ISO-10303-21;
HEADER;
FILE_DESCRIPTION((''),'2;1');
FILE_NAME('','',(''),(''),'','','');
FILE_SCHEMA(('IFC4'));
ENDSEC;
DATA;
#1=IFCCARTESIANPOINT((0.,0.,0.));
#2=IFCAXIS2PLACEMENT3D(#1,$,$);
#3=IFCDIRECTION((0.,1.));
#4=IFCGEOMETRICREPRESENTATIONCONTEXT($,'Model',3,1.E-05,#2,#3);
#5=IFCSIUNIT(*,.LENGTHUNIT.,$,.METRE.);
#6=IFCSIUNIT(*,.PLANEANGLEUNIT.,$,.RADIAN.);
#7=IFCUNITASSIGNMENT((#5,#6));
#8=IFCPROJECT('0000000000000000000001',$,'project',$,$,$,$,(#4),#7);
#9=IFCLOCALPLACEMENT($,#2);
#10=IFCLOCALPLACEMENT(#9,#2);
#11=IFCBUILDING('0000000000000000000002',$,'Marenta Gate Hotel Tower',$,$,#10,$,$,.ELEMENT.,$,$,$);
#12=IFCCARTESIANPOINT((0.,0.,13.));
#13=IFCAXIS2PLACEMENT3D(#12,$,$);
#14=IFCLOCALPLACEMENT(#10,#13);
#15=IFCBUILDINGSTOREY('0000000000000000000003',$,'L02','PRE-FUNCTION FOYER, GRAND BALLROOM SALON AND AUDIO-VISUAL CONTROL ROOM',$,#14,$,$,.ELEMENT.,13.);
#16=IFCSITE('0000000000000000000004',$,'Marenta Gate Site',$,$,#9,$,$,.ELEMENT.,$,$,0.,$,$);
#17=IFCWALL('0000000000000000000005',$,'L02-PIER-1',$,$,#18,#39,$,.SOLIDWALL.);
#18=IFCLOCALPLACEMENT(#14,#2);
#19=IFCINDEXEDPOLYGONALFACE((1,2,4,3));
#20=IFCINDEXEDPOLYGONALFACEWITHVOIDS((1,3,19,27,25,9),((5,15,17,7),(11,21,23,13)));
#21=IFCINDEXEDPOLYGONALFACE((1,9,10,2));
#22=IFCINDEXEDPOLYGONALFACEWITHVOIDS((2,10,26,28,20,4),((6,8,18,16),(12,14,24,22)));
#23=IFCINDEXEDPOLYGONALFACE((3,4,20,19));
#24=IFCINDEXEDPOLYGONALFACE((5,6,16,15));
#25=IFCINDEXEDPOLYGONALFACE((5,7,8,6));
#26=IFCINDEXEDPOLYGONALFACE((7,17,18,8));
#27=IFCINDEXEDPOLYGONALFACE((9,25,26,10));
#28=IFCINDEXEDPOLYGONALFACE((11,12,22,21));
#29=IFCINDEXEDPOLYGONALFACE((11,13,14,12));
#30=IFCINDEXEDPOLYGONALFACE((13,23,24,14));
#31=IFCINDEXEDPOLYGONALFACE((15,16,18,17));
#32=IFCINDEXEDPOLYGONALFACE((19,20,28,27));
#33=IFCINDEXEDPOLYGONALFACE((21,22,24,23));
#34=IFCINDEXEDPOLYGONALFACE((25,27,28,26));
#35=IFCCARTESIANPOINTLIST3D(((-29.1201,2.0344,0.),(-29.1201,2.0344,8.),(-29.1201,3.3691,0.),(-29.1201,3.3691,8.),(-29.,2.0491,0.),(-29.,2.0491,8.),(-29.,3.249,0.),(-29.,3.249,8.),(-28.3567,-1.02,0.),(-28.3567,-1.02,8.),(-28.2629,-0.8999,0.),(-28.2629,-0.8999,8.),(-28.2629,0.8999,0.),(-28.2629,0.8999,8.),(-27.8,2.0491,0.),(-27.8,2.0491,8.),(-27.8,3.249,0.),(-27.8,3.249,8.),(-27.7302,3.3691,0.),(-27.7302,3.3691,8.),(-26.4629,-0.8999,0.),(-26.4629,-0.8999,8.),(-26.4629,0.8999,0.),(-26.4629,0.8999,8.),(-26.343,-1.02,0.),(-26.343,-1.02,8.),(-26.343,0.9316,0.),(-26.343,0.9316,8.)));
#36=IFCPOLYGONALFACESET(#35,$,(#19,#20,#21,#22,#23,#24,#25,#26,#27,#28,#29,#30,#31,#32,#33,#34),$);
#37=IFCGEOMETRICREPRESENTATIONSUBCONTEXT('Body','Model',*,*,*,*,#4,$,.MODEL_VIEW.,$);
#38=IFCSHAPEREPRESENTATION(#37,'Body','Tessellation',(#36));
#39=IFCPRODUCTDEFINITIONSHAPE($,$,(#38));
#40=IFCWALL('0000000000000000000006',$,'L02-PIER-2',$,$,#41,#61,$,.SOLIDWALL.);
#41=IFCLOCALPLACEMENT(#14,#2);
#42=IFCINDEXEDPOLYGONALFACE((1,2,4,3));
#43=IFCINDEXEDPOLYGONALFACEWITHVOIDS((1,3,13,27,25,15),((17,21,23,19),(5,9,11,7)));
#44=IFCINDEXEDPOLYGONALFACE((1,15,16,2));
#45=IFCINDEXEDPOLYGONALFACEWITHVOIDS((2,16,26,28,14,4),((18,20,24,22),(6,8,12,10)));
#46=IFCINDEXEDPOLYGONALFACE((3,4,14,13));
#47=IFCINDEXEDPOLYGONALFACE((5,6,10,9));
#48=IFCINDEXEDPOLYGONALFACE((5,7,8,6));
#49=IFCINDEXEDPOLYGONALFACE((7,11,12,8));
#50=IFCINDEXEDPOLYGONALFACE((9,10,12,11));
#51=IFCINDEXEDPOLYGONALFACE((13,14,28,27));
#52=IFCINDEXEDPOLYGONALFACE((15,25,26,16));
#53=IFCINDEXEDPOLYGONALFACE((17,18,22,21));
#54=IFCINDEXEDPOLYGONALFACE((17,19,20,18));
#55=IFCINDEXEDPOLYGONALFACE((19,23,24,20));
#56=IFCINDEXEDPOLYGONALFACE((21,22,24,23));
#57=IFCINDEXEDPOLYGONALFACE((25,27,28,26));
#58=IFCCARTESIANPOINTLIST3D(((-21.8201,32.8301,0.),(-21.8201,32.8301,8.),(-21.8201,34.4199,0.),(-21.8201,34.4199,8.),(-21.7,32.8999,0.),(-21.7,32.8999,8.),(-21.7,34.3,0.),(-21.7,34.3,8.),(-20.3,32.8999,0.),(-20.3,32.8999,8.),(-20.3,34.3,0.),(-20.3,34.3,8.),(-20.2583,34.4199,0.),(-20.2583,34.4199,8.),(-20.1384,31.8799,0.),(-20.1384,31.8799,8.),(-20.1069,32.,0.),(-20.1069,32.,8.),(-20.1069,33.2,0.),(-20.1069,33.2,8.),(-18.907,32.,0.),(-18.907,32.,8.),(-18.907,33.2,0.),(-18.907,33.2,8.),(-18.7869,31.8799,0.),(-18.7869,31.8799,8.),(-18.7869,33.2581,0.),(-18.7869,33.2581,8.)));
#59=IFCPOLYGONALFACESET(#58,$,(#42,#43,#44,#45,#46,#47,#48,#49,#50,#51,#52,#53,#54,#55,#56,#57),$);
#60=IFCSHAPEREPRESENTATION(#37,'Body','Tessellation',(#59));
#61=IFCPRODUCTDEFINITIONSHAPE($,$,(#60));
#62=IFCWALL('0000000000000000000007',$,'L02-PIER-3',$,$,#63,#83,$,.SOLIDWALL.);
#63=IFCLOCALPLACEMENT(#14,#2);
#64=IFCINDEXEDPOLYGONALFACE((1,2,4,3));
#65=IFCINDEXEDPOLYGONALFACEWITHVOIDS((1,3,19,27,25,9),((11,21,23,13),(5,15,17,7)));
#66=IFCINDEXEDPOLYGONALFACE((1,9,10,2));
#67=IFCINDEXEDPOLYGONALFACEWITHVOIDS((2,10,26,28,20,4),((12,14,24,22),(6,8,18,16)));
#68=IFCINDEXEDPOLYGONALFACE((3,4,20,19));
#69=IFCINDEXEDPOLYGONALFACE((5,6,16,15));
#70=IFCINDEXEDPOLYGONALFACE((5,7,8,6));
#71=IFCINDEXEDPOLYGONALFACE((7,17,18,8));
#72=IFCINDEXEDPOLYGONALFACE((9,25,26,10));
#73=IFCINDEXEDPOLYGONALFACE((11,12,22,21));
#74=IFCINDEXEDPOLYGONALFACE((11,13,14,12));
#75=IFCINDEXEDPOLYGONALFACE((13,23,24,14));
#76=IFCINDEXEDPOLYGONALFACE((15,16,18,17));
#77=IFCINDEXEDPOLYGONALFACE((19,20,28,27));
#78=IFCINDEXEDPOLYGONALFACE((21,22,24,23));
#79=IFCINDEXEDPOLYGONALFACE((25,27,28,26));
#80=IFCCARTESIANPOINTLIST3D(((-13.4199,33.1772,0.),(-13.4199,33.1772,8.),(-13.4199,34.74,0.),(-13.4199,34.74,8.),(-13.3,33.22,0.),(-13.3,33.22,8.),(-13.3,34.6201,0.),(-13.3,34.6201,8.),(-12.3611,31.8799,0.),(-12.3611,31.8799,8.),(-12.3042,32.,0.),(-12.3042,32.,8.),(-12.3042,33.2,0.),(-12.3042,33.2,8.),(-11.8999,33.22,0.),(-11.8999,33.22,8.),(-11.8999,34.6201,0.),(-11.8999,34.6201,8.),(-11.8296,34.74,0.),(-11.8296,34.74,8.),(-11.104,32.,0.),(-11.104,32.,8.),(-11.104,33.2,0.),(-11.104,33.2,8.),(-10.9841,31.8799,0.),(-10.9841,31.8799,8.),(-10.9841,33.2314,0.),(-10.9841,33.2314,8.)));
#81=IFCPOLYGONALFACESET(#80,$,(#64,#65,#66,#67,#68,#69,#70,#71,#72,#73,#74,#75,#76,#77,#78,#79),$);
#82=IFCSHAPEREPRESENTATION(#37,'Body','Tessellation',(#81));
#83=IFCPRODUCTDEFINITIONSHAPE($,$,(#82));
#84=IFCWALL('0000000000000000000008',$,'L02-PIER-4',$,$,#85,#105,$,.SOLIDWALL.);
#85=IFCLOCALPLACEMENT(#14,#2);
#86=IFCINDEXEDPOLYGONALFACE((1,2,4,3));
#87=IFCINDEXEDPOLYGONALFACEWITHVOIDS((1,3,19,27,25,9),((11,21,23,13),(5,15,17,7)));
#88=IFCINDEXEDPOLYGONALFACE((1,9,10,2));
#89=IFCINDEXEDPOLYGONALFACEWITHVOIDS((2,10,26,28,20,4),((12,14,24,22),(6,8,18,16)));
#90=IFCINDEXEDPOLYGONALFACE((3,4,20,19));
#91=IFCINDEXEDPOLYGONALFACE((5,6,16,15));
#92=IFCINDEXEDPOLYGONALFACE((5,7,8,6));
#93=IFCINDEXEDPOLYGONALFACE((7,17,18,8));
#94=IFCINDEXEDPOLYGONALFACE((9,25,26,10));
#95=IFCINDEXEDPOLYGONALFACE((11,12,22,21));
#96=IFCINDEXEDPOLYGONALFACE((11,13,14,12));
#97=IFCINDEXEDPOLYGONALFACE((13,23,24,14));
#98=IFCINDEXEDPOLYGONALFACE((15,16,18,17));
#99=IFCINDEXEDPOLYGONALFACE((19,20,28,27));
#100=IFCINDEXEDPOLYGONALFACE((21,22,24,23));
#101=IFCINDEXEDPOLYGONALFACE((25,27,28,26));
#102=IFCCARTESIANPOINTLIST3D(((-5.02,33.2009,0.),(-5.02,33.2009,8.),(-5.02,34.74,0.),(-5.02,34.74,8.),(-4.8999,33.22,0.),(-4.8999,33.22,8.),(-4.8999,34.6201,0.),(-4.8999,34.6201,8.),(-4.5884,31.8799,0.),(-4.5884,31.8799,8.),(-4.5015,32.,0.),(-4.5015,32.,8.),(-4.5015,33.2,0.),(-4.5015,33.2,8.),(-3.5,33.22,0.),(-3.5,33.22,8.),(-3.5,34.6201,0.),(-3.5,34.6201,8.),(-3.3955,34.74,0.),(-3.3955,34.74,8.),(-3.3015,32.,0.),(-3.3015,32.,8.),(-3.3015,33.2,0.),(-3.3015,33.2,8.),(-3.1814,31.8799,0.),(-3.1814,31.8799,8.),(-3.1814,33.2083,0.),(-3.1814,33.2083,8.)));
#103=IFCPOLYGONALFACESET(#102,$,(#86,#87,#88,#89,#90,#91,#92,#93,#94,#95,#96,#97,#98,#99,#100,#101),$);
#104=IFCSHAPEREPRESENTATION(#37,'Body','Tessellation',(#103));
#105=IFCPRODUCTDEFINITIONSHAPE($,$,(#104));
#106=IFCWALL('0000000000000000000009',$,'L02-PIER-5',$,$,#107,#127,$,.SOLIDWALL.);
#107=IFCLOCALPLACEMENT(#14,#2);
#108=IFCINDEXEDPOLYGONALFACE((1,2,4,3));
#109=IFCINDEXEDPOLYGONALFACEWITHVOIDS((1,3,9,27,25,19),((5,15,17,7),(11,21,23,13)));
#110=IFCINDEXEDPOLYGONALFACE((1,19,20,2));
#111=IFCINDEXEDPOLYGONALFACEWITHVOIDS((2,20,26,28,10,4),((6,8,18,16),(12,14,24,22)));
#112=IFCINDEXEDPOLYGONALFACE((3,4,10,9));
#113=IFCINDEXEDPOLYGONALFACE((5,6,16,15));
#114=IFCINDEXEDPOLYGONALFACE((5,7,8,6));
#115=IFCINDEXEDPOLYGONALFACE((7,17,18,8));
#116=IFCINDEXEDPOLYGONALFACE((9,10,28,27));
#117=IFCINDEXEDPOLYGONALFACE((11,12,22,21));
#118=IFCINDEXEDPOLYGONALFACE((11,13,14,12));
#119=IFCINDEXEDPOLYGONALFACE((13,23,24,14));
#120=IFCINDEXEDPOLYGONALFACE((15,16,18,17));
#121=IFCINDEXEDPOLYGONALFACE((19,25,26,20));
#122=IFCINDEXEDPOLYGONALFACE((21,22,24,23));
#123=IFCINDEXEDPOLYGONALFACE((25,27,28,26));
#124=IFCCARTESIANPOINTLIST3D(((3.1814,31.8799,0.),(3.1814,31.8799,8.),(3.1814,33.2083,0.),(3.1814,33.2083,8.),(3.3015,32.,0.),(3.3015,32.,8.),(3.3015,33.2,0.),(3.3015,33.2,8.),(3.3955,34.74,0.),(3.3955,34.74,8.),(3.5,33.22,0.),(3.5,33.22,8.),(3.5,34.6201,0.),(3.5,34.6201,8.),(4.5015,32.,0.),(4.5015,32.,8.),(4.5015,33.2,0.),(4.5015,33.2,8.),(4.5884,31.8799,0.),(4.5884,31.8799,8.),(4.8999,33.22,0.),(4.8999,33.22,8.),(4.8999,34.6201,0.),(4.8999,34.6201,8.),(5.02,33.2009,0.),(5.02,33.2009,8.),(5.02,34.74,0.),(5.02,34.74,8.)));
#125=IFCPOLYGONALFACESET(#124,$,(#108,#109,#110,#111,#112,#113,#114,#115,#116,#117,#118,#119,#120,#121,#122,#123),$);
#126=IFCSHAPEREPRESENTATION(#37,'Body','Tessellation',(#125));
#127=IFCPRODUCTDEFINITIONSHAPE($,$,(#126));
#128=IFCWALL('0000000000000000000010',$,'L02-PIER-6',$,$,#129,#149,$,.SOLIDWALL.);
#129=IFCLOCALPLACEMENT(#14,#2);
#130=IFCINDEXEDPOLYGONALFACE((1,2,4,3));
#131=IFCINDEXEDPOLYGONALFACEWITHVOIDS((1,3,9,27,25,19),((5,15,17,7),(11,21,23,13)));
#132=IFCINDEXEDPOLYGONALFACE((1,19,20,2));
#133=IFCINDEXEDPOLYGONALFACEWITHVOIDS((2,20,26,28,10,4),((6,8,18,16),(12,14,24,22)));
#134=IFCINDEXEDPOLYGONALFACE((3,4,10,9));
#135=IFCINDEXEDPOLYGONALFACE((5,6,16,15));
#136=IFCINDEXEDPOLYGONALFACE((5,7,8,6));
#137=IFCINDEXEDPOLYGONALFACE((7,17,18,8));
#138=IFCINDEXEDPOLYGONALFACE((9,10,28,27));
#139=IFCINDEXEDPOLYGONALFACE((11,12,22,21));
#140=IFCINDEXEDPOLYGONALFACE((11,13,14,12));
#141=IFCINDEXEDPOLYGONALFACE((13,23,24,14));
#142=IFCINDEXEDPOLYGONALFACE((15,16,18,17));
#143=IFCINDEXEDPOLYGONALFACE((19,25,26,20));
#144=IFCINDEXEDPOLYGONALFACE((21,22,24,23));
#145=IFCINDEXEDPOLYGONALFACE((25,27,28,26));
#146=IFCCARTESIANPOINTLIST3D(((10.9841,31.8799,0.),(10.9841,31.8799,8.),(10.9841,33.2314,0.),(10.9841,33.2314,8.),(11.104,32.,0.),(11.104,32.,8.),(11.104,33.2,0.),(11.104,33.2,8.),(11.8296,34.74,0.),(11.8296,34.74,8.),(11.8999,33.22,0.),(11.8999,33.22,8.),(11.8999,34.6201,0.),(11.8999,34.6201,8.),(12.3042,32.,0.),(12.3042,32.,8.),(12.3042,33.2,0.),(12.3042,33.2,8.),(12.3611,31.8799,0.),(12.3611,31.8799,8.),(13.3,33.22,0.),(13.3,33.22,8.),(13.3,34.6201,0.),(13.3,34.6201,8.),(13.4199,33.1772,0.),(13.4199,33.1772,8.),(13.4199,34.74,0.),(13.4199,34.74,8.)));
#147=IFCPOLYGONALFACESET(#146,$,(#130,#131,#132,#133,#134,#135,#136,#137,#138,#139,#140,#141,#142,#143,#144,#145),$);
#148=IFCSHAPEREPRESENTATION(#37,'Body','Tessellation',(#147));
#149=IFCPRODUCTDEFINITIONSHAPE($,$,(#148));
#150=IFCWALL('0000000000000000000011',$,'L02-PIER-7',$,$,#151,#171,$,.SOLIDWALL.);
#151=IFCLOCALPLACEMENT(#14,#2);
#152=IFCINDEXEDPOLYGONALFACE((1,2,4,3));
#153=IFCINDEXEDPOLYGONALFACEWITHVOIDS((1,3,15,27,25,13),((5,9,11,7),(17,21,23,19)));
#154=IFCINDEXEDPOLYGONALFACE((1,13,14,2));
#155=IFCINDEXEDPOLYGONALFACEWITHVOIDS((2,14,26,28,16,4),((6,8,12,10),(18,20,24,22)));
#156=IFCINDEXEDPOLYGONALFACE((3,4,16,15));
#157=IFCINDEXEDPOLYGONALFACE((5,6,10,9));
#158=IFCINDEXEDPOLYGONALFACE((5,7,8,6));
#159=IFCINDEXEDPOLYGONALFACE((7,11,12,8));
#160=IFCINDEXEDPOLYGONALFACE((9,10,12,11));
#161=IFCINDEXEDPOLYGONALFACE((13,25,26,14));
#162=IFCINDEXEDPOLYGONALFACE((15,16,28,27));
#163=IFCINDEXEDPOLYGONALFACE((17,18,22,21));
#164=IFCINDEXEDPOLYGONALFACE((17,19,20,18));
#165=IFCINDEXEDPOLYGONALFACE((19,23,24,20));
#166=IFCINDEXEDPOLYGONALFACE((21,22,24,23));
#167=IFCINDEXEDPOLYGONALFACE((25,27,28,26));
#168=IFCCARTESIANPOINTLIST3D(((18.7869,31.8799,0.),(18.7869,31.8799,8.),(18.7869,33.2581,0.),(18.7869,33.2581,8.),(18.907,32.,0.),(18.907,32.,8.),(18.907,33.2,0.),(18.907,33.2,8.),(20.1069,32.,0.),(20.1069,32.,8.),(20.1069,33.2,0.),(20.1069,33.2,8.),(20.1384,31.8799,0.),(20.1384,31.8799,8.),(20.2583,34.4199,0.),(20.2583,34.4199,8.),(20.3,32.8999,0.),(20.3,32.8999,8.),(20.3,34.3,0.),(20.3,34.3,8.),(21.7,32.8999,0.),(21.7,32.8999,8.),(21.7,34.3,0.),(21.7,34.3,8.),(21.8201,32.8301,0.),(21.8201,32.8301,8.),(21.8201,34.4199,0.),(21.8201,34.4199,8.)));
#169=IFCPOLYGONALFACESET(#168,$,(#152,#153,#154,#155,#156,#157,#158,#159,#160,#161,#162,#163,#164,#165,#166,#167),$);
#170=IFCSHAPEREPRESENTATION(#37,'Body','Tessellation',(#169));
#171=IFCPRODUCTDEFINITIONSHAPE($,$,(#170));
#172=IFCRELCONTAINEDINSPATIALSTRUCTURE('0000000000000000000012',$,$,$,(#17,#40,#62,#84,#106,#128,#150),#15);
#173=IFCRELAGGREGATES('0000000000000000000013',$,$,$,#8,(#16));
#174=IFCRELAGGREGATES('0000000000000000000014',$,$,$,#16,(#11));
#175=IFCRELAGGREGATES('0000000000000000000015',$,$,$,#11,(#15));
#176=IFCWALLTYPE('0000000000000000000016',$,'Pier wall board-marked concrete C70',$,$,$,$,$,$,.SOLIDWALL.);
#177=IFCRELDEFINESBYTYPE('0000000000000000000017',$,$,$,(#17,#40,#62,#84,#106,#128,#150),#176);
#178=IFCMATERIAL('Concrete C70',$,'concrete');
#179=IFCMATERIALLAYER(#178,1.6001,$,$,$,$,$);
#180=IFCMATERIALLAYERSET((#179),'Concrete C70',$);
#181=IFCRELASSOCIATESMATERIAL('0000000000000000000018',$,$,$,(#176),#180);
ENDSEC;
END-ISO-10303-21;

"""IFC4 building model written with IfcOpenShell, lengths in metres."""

from ifc_helpers import new_model, si_unit, direction, frame, origin, place, context, subcontext, project, spatial, polyline, outline, extrude, material, layer, layer_set, type_object, element, save


model = new_model("IFC4")

# Units and contexts
model_context = context("Model", 3, precision=1e-05, world=origin(), true_north=direction((0.0, 1.0)))
body_context = subcontext(model_context, "Body", "Model", "MODEL_VIEW")
ifc_project = project(units=[si_unit("LENGTHUNIT", "METRE"), si_unit("PLANEANGLEUNIT", "RADIAN")], contexts=[model_context])

# Site, building, storey
site_placement = place(None, origin())
site = spatial("IfcSite", under=ifc_project, at=site_placement, Name="Marenta Gate Site", CompositionType="ELEMENT", RefElevation=0.0)
building_placement = place(site_placement, origin())
building = spatial("IfcBuilding", under=site, at=building_placement, Name="Marenta Gate Hotel Tower", CompositionType="ELEMENT")
storey_placement = place(building_placement, frame((0.0, 0.0, 13.0)))
storey = spatial("IfcBuildingStorey", under=building, at=storey_placement, Name="L02", Description="PRE-FUNCTION FOYER, GRAND BALLROOM SALON AND AUDIO-VISUAL CONTROL ROOM", CompositionType="ELEMENT", Elevation=13.0)

# Walls
ifc_material_1 = material(Name="Concrete C70", Category="concrete")
ifc_layer_1 = layer(ifc_material_1, 1.6001)
ifc_layer_set_1 = layer_set([ifc_layer_1], Name="Concrete C70")
wall_type = type_object("IfcWallType", Name="Pier wall board-marked concrete C70", PredefinedType="SOLIDWALL", material=ifc_layer_set_1)
wall_1_placement = place(storey_placement, origin())
element("IfcWall", 1, at=wall_1_placement, inside=storey, type_object=wall_type, Name="L02-PIER-1", PredefinedType="SOLIDWALL", context=body_context, shape_type="SweptSolid", body=[
    extrude(outline(polyline([(-29.1201, 2.0344), (-29.1201, 3.3691), (-27.7302, 3.3691), (-26.343, 0.9316), (-26.343, -1.02), (-28.3567, -1.02), (-29.1201, 2.0344)]), holes=[polyline([(-28.2629, -0.8999), (-26.4629, -0.8999), (-26.4629, 0.8999), (-28.2629, 0.8999), (-28.2629, -0.8999)]), polyline([(-29.0, 2.0491), (-27.8, 2.0491), (-27.8, 3.249), (-29.0, 3.249), (-29.0, 2.0491)])]), origin(), (0.0, 0.0, 1.0), 8.0),
])
wall_2_placement = place(storey_placement, origin())
element("IfcWall", 2, at=wall_2_placement, inside=storey, type_object=wall_type, Name="L02-PIER-2", PredefinedType="SOLIDWALL", context=body_context, shape_type="SweptSolid", body=[
    extrude(outline(polyline([(-21.8201, 34.4199), (-20.2583, 34.4199), (-18.7869, 33.2581), (-18.7869, 31.8799), (-20.1384, 31.8799), (-21.8201, 32.8301), (-21.8201, 34.4199)]), holes=[polyline([(-18.907, 32.0), (-18.907, 33.2), (-20.1069, 33.2), (-20.1069, 32.0), (-18.907, 32.0)]), polyline([(-20.3, 32.8999), (-20.3, 34.3), (-21.7, 34.3), (-21.7, 32.8999), (-20.3, 32.8999)])]), origin(), (0.0, 0.0, 1.0), 8.0),
])
wall_3_placement = place(storey_placement, origin())
element("IfcWall", 3, at=wall_3_placement, inside=storey, type_object=wall_type, Name="L02-PIER-3", PredefinedType="SOLIDWALL", context=body_context, shape_type="SweptSolid", body=[
    extrude(outline(polyline([(-13.4199, 33.1772), (-13.4199, 34.74), (-11.8296, 34.74), (-10.9841, 33.2314), (-10.9841, 31.8799), (-12.3611, 31.8799), (-13.4199, 33.1772)]), holes=[polyline([(-12.3042, 32.0), (-11.104, 32.0), (-11.104, 33.2), (-12.3042, 33.2), (-12.3042, 32.0)]), polyline([(-13.3, 33.22), (-11.8999, 33.22), (-11.8999, 34.6201), (-13.3, 34.6201), (-13.3, 33.22)])]), origin(), (0.0, 0.0, 1.0), 8.0),
])
wall_4_placement = place(storey_placement, origin())
element("IfcWall", 4, at=wall_4_placement, inside=storey, type_object=wall_type, Name="L02-PIER-4", PredefinedType="SOLIDWALL", context=body_context, shape_type="SweptSolid", body=[
    extrude(outline(polyline([(-5.02, 33.2009), (-5.02, 34.74), (-3.3955, 34.74), (-3.1814, 33.2083), (-3.1814, 31.8799), (-4.5884, 31.8799), (-5.02, 33.2009)]), holes=[polyline([(-4.5015, 32.0), (-3.3015, 32.0), (-3.3015, 33.2), (-4.5015, 33.2), (-4.5015, 32.0)]), polyline([(-4.8999, 33.22), (-3.5, 33.22), (-3.5, 34.6201), (-4.8999, 34.6201), (-4.8999, 33.22)])]), origin(), (0.0, 0.0, 1.0), 8.0),
])
wall_5_placement = place(storey_placement, origin())
element("IfcWall", 5, at=wall_5_placement, inside=storey, type_object=wall_type, Name="L02-PIER-5", PredefinedType="SOLIDWALL", context=body_context, shape_type="SweptSolid", body=[
    extrude(outline(polyline([(3.1814, 33.2083), (3.3955, 34.74), (5.02, 34.74), (5.02, 33.2009), (4.5884, 31.8799), (3.1814, 31.8799), (3.1814, 33.2083)]), holes=[polyline([(3.5, 33.22), (4.8999, 33.22), (4.8999, 34.6201), (3.5, 34.6201), (3.5, 33.22)]), polyline([(3.3015, 32.0), (4.5015, 32.0), (4.5015, 33.2), (3.3015, 33.2), (3.3015, 32.0)])]), origin(), (0.0, 0.0, 1.0), 8.0),
])
wall_6_placement = place(storey_placement, origin())
element("IfcWall", 6, at=wall_6_placement, inside=storey, type_object=wall_type, Name="L02-PIER-6", PredefinedType="SOLIDWALL", context=body_context, shape_type="SweptSolid", body=[
    extrude(outline(polyline([(10.9841, 33.2314), (11.8296, 34.74), (13.4199, 34.74), (13.4199, 33.1772), (12.3611, 31.8799), (10.9841, 31.8799), (10.9841, 33.2314)]), holes=[polyline([(11.8999, 33.22), (13.3, 33.22), (13.3, 34.6201), (11.8999, 34.6201), (11.8999, 33.22)]), polyline([(11.104, 32.0), (12.3042, 32.0), (12.3042, 33.2), (11.104, 33.2), (11.104, 32.0)])]), origin(), (0.0, 0.0, 1.0), 8.0),
])
wall_7_placement = place(storey_placement, origin())
element("IfcWall", 7, at=wall_7_placement, inside=storey, type_object=wall_type, Name="L02-PIER-7", PredefinedType="SOLIDWALL", context=body_context, shape_type="SweptSolid", body=[
    extrude(outline(polyline([(20.2583, 34.4199), (21.8201, 34.4199), (21.8201, 32.8301), (20.1384, 31.8799), (18.7869, 31.8799), (18.7869, 33.2581), (20.2583, 34.4199)]), holes=[polyline([(21.7, 32.8999), (21.7, 34.3), (20.3, 34.3), (20.3, 32.8999), (21.7, 32.8999)]), polyline([(20.1069, 32.0), (20.1069, 33.2), (18.907, 33.2), (18.907, 32.0), (20.1069, 32.0)])]), origin(), (0.0, 0.0, 1.0), 8.0),
])

save(model, "model.ifc")
